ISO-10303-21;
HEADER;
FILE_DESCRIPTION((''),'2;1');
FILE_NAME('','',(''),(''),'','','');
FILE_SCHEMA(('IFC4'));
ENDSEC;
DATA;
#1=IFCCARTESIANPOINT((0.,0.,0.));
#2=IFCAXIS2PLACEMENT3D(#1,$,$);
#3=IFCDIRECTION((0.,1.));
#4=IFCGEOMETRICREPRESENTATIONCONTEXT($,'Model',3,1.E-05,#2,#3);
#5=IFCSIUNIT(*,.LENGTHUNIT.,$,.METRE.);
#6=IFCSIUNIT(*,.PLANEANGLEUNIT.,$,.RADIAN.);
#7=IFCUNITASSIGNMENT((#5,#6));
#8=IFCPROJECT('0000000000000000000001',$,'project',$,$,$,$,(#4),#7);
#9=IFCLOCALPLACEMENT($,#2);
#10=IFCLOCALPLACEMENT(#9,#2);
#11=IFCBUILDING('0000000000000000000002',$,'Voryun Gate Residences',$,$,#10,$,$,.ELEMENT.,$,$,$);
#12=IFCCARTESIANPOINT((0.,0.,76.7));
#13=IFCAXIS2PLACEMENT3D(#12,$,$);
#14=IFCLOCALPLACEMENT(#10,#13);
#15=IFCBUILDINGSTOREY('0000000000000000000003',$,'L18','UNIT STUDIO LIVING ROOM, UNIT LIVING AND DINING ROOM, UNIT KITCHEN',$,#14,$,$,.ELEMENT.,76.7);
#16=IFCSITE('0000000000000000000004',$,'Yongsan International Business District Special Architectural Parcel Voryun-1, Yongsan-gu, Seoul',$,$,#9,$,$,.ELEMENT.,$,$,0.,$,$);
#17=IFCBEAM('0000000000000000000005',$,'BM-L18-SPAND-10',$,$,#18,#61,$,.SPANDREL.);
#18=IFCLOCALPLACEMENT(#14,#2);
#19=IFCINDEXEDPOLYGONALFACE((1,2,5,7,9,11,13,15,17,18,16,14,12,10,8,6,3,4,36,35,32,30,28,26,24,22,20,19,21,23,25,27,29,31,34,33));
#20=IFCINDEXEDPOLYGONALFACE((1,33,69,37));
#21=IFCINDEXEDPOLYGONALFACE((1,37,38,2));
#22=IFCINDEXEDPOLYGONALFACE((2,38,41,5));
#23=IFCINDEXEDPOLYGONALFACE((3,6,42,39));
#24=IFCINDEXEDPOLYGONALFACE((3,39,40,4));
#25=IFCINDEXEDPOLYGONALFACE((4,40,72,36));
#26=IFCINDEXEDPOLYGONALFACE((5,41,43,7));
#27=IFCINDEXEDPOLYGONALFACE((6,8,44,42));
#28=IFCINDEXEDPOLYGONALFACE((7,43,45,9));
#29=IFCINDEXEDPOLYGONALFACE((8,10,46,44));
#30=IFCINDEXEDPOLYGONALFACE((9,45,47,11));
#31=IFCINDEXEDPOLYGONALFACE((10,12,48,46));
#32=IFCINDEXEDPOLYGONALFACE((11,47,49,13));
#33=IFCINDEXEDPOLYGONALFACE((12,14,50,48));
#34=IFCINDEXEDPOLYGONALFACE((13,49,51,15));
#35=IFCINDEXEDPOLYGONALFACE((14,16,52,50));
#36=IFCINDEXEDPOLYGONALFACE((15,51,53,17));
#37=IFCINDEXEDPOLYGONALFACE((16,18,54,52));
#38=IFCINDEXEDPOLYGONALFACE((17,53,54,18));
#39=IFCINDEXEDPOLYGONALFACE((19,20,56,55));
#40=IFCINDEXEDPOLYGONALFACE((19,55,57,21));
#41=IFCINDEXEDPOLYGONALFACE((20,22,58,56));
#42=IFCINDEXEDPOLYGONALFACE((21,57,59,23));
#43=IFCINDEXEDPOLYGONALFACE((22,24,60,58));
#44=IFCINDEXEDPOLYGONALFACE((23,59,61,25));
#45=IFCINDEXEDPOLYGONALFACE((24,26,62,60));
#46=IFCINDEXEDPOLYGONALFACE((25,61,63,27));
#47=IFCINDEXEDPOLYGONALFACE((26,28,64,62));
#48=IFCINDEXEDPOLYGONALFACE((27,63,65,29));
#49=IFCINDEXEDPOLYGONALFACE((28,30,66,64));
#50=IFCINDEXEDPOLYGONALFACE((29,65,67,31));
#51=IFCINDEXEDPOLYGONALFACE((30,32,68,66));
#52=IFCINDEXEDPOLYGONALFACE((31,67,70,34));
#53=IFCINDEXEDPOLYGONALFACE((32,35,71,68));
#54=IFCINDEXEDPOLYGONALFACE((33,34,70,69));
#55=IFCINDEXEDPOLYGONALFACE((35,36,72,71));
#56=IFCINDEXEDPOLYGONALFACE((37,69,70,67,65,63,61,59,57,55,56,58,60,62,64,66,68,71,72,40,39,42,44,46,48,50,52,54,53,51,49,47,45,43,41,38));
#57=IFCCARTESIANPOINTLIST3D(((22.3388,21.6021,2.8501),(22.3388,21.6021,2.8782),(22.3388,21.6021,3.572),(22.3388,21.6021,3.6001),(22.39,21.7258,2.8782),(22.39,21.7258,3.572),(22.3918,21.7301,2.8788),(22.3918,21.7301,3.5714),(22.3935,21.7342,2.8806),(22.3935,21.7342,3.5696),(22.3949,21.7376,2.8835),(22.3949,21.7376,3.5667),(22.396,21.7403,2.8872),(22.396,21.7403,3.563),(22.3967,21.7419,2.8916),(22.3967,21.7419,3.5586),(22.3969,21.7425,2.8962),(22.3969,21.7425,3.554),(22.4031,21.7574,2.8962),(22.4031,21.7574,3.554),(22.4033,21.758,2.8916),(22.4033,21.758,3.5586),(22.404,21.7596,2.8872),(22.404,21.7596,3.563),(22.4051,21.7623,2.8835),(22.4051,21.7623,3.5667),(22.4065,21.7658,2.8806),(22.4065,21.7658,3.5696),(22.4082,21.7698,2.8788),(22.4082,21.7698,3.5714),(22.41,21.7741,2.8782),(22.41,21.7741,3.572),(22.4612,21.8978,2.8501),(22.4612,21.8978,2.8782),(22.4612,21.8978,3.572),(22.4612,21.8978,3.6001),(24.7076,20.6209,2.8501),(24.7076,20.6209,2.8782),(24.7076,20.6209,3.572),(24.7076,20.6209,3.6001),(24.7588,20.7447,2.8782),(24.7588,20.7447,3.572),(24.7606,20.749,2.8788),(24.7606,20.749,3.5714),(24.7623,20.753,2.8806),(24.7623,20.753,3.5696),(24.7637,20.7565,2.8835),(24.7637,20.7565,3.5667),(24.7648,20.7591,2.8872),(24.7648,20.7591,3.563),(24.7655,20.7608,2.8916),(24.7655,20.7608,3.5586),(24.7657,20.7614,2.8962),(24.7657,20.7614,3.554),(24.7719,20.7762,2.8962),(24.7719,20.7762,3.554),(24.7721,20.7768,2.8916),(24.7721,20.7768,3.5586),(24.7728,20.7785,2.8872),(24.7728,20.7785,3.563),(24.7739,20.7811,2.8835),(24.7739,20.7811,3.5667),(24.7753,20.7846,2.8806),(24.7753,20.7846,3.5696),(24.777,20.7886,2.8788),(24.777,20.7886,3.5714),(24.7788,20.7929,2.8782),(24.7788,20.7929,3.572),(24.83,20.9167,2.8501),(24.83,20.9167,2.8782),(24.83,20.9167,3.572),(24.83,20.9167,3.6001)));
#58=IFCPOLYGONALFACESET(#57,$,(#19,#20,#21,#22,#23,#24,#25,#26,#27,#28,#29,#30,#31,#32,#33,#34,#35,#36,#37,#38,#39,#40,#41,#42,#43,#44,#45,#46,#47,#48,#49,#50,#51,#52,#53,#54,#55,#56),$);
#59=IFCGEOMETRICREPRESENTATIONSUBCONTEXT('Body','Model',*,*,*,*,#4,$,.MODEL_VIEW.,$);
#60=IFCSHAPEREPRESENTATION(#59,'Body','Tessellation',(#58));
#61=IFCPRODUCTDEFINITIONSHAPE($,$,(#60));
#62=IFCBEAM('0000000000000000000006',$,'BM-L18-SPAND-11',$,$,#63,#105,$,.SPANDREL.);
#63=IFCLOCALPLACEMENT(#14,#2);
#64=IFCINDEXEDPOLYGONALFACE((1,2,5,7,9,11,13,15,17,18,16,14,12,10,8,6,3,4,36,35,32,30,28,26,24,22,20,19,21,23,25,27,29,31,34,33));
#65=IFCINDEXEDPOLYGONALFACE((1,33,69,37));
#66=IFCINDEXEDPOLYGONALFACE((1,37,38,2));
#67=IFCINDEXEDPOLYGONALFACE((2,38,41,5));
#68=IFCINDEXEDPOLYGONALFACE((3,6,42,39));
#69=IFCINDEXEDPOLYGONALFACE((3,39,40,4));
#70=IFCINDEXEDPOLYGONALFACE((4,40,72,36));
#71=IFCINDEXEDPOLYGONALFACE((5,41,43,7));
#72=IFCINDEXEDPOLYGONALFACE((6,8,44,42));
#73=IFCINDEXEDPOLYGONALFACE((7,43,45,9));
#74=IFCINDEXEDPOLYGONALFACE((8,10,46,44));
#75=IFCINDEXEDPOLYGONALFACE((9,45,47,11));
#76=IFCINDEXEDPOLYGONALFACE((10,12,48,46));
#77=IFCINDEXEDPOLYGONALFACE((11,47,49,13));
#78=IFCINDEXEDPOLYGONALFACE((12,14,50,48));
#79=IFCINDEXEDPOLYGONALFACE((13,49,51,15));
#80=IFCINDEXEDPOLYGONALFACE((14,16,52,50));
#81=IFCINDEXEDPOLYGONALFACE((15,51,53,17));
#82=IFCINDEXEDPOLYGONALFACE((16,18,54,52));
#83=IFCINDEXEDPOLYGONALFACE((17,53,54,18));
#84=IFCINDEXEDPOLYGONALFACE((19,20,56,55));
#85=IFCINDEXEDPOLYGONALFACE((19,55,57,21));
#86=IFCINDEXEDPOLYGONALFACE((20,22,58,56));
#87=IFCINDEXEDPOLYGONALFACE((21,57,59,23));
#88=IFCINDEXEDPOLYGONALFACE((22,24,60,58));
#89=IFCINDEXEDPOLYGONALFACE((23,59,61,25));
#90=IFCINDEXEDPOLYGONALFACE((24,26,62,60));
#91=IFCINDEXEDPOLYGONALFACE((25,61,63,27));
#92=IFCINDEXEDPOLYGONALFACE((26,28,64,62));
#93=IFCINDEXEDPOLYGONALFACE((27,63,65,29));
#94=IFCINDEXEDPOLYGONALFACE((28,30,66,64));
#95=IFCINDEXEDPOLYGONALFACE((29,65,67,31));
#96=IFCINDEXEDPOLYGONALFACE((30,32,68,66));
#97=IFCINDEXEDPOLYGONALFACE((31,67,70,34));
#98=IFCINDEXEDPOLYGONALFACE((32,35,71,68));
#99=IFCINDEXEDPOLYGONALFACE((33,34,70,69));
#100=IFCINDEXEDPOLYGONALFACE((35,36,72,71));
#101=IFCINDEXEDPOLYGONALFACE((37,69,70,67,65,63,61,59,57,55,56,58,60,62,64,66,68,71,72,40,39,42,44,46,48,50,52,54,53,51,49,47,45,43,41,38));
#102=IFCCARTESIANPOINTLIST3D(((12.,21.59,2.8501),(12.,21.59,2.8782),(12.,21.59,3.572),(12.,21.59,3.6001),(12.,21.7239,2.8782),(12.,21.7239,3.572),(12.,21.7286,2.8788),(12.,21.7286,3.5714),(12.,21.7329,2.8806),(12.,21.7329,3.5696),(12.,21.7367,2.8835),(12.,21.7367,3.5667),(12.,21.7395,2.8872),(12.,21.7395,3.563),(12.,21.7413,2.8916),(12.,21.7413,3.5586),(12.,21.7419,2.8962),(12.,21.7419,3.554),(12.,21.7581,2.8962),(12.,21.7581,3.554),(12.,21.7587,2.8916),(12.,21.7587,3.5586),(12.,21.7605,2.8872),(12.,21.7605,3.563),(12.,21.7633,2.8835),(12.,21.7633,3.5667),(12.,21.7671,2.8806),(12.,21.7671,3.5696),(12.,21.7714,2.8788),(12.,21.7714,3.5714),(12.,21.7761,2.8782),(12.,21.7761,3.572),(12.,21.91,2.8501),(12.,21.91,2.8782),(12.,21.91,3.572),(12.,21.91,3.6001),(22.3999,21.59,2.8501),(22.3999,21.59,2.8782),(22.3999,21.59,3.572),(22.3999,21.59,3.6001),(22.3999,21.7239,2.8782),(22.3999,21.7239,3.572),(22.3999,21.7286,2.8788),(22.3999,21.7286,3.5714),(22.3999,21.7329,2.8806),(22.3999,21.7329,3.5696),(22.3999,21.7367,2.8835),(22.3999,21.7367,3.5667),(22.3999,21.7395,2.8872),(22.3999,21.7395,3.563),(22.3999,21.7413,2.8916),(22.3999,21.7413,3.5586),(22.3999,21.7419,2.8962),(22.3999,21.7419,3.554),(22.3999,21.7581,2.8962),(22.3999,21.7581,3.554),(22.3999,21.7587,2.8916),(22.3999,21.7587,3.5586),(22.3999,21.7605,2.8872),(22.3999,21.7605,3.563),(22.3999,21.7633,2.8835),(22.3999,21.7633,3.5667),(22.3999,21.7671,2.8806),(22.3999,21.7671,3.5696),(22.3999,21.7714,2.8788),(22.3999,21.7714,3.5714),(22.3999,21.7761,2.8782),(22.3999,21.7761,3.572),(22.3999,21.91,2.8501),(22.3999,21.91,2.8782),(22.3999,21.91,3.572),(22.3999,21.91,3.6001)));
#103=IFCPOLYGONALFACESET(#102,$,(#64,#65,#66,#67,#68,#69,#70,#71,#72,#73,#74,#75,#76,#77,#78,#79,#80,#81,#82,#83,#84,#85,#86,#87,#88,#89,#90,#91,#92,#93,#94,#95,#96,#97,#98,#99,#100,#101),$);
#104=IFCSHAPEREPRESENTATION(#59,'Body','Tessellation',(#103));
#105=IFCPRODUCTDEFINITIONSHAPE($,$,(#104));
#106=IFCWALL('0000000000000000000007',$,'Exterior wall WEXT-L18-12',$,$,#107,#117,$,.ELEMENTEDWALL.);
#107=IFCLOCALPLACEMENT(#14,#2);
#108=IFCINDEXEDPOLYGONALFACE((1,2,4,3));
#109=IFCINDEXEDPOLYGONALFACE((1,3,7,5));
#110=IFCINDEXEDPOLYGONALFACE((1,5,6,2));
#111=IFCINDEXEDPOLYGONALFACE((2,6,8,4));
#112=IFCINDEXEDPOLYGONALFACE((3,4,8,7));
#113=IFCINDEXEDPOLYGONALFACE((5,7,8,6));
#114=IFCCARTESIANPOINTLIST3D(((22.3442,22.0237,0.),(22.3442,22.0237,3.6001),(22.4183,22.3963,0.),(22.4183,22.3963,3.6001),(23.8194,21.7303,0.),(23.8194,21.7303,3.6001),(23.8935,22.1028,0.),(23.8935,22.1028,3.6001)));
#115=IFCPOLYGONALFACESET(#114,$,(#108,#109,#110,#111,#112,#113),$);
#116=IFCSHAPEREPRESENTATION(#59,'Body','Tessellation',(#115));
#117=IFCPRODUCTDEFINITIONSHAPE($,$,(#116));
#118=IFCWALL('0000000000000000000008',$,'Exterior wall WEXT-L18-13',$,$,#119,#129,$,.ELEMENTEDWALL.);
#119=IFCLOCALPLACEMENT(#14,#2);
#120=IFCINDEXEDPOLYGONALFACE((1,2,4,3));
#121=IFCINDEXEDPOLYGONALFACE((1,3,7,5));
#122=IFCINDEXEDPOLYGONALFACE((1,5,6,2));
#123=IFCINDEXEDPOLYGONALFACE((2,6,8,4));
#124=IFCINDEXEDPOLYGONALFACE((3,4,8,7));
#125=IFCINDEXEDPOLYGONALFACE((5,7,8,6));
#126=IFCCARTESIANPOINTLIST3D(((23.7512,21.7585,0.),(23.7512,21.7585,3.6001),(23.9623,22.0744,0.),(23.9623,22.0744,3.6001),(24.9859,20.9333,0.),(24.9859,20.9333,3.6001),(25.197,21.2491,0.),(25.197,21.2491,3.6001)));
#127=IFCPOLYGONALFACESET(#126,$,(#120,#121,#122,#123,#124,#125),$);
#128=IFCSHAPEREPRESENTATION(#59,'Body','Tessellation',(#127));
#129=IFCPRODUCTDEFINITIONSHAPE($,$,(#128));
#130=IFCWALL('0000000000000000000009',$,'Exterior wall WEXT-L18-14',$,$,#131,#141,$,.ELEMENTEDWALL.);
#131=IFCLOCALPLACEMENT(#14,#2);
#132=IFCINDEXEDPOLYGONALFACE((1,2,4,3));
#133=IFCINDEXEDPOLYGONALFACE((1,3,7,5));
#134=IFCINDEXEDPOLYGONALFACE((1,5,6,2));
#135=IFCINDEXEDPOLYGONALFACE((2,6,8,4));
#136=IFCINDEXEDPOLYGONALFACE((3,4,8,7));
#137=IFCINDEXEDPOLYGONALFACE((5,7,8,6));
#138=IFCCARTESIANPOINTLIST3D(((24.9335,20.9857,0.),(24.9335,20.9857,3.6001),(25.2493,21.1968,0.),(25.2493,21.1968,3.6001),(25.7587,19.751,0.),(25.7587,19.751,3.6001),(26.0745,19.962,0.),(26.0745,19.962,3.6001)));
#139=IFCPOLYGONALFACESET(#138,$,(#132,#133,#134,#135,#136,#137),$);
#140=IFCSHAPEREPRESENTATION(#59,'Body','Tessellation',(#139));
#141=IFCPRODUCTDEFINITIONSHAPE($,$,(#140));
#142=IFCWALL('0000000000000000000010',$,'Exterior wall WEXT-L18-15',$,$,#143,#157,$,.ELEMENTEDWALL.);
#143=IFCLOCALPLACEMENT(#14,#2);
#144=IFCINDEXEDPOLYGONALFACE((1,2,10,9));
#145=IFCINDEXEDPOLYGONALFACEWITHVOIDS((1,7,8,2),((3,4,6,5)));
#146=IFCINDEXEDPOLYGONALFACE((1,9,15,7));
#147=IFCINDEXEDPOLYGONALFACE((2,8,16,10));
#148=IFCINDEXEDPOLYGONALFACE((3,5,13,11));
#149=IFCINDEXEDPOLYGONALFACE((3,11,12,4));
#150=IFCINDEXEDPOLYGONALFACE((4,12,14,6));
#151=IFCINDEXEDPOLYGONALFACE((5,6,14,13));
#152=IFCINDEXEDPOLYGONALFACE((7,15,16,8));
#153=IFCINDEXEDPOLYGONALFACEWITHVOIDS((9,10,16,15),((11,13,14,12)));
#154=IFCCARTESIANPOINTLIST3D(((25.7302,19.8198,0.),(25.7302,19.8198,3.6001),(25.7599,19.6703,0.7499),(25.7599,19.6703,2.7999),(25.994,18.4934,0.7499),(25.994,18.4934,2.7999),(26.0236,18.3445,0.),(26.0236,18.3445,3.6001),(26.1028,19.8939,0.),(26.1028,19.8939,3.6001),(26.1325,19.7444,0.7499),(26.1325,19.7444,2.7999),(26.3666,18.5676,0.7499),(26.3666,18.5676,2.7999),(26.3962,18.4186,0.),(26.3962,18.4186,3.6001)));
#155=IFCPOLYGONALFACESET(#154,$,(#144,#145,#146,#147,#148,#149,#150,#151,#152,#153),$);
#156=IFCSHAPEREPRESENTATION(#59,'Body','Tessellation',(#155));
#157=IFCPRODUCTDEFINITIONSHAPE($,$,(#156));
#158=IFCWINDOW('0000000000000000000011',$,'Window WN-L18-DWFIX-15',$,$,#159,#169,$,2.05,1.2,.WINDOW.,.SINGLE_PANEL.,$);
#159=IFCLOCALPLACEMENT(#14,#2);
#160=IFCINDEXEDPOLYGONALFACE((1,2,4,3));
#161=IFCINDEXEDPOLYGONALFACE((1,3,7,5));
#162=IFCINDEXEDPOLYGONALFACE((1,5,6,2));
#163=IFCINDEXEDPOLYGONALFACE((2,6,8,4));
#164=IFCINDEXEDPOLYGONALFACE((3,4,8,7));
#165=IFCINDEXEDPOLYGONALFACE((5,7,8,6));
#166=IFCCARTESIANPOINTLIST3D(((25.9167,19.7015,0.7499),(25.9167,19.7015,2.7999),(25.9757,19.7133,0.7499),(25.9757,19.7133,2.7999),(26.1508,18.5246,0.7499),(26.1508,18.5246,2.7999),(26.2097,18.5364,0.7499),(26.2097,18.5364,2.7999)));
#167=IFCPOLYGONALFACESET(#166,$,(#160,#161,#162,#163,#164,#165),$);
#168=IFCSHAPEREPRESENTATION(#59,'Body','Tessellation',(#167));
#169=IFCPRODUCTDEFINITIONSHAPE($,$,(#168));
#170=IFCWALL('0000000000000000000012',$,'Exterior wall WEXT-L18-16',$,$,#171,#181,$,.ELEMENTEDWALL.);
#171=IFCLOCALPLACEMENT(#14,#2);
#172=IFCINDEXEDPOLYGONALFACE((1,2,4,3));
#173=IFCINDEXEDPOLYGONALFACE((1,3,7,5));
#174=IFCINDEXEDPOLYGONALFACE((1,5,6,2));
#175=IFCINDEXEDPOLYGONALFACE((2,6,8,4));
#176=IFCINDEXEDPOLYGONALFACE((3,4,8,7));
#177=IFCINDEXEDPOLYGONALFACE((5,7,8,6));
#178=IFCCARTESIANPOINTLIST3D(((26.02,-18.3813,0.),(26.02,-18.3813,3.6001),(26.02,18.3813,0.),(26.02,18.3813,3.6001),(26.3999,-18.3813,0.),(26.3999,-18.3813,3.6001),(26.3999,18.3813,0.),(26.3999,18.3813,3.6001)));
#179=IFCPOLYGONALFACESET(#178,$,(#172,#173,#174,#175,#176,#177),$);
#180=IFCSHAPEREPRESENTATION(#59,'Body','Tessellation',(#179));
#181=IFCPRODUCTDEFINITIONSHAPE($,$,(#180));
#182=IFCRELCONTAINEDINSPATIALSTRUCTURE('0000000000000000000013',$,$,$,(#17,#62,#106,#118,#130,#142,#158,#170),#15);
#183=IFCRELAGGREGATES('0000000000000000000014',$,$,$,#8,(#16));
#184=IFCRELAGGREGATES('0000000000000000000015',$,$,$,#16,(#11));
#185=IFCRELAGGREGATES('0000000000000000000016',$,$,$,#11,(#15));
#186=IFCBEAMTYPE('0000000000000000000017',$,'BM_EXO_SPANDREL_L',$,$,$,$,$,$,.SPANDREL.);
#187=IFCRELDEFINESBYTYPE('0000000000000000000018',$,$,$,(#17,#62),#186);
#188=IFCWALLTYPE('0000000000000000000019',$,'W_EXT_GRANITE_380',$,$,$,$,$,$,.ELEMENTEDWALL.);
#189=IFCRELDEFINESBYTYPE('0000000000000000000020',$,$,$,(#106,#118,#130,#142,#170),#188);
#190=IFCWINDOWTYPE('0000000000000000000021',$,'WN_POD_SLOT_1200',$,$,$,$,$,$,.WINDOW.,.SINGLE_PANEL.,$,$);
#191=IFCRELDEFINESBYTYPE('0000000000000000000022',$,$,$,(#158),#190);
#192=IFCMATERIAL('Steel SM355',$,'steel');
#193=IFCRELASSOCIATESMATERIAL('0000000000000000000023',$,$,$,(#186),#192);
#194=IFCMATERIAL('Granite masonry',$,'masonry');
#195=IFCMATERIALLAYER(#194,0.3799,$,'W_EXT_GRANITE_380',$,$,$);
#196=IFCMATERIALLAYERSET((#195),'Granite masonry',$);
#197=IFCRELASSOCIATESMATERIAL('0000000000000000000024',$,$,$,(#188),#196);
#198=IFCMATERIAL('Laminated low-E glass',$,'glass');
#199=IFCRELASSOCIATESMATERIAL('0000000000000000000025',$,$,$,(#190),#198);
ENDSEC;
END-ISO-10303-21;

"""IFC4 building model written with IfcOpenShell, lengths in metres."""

from ifc_helpers import new_model, si_unit, direction, frame, frame_2d, origin, origin_2d, place, context, subcontext, project, spatial, rectangle, i_section, extrude, material, layer, layer_set, material_profile, profile_set, type_object, element, fill, save


model = new_model("IFC4")

# Units and contexts
model_context = context("Model", 3, precision=1e-05, world=origin(), true_north=direction((0.0, 1.0)))
body_context = subcontext(model_context, "Body", "Model", "MODEL_VIEW")
ifc_project = project(units=[si_unit("LENGTHUNIT", "METRE"), si_unit("PLANEANGLEUNIT", "RADIAN")], contexts=[model_context])

# Site, building, storey
site_placement = place(None, origin())
site = spatial("IfcSite", under=ifc_project, at=site_placement, Name="Yongsan International Business District Special Architectural Parcel Voryun-1, Yongsan-gu, Seoul", CompositionType="ELEMENT", RefElevation=0.0)
building_placement = place(site_placement, origin())
building = spatial("IfcBuilding", under=site, at=building_placement, Name="Voryun Gate Residences", CompositionType="ELEMENT")
storey_placement = place(building_placement, frame((0.0, 0.0, 76.7)))
storey = spatial("IfcBuildingStorey", under=building, at=storey_placement, Name="L18", Description="UNIT STUDIO LIVING ROOM, UNIT LIVING AND DINING ROOM, UNIT KITCHEN", CompositionType="ELEMENT", Elevation=76.7)

# Beams
ifc_material_1 = material(Name="Steel SM355", Category="steel")
ifc_material_profile_1 = material_profile(ifc_material_1, i_section(OverallWidth=0.3201, OverallDepth=0.75, WebThickness=0.0161, FlangeThickness=0.0281, FilletRadius=0.0181, at=origin_2d()), Name="H-750x320x16x28")
ifc_profile_set_1 = profile_set([ifc_material_profile_1], Name="Steel SM355")
beam_type = type_object("IfcBeamType", Name="BM_EXO_SPANDREL_L", PredefinedType="SPANDREL", material=ifc_profile_set_1)
beam_1_placement = place(storey_placement, frame((24.7688, 20.7688, 3.2251), z_axis=(-0.923883, 0.382674, 0.0), x_axis=(-0.382674, -0.923883, 0.0)))
element("IfcBeam", 1, at=beam_1_placement, inside=storey, type_object=beam_type, Name="BM-L18-SPAND-10", PredefinedType="SPANDREL", context=body_context, shape_type="SweptSolid", body=[
    extrude(i_section(OverallWidth=0.3201, OverallDepth=0.75, WebThickness=0.0161, FlangeThickness=0.0281, FilletRadius=0.0181, at=origin_2d()), origin(), (0.0, 0.0, 1.0), 2.564),
])
beam_2_placement = place(storey_placement, frame((22.3999, 21.75, 3.2251), z_axis=(-1.0, 0.0, 0.0), x_axis=(0.0, -1.0, 0.0)))
element("IfcBeam", 2, at=beam_2_placement, inside=storey, type_object=beam_type, Name="BM-L18-SPAND-11", PredefinedType="SPANDREL", context=body_context, shape_type="SweptSolid", body=[
    extrude(i_section(OverallWidth=0.3201, OverallDepth=0.75, WebThickness=0.0161, FlangeThickness=0.0281, FilletRadius=0.0181, at=origin_2d()), origin(), (0.0, 0.0, 1.0), 10.3999),
])

# Walls
ifc_material_2 = material(Name="Granite masonry", Category="masonry")
ifc_layer_1 = layer(ifc_material_2, 0.3799, Name="W_EXT_GRANITE_380")
ifc_layer_set_1 = layer_set([ifc_layer_1], Name="Granite masonry")
wall_type_1 = type_object("IfcWallType", Name="W_EXT_GRANITE_380", PredefinedType="ELEMENTEDWALL", material=ifc_layer_set_1)
wall_1_placement = place(storey_placement, frame((22.3813, 22.21, 0.0), z_axis=(0.0, 0.0, 1.0), x_axis=(0.980786, -0.195086, 0.0)))
element("IfcWall", 3, at=wall_1_placement, inside=storey, type_object=wall_type_1, Name="Exterior wall WEXT-L18-12", PredefinedType="ELEMENTEDWALL", context=body_context, shape_type="SweptSolid", body=[
    extrude(rectangle(XDim=1.5042, YDim=0.3799, at=frame_2d((0.752, 0.0))), origin(), (0.0, 0.0, 1.0), 3.6001),
])
for number, where, z_axis, x_axis, name in (
    (4, (23.8567, 21.9165, 0.0), (0.0, 0.0, 1.0), (0.831392, -0.555686, 0.0), "Exterior wall WEXT-L18-13"),
    (5, (25.0913, 21.0913, 0.0), (0.0, 0.0, 1.0), (0.555686, -0.831392, 0.0), "Exterior wall WEXT-L18-14"),
):
    element("IfcWall", number, at=place(storey_placement, frame(where, z_axis=z_axis, x_axis=x_axis)), inside=storey, type_object=wall_type_1, Name=name, PredefinedType="ELEMENTEDWALL", context=body_context, shape_type="SweptSolid", body=[
        extrude(rectangle(XDim=1.4851, YDim=0.3799, at=frame_2d((0.7427, 0.0))), origin(), (0.0, 0.0, 1.0), 3.6001),
    ])

# Wall, opening, window
wall_2_placement = place(storey_placement, frame((25.9165, 19.8567, 0.0), z_axis=(0.0, 0.0, 1.0), x_axis=(0.195086, -0.980786, 0.0)))
wall_2 = element("IfcWall", 6, at=wall_2_placement, inside=storey, type_object=wall_type_1, Name="Exterior wall WEXT-L18-15", PredefinedType="ELEMENTEDWALL", context=body_context, shape_type="SweptSolid", body=[
    extrude(rectangle(XDim=1.5042, YDim=0.3799, at=frame_2d((0.752, 0.0))), origin(), (0.0, 0.0, 1.0), 3.6001),
])
opening_1_placement = place(wall_2_placement, frame((0.1521, 0.0, 0.75)))
opening_1 = element("IfcOpeningElement", 7, at=opening_1_placement, cuts=wall_2, PredefinedType="OPENING", context=body_context, shape_type="SweptSolid", body=[
    extrude(rectangle(XDim=1.2, YDim=2.05, at=frame_2d((0.6001, 1.0249))), frame((0.0, 0.2, 0.0), z_axis=(0.0, -1.0, 0.0), x_axis=(1.0, 0.0, 0.0)), (0.0, 0.0, 1.0), 0.3999),
])
ifc_material_3 = material(Name="Laminated low-E glass", Category="glass")
window_type = type_object("IfcWindowType", Name="WN_POD_SLOT_1200", PartitioningType="SINGLE_PANEL", PredefinedType="WINDOW", material=ifc_material_3)
window_placement = place(opening_1_placement, origin())
window = element("IfcWindow", 8, at=window_placement, inside=storey, type_object=window_type, Name="Window WN-L18-DWFIX-15", OverallHeight=2.05, OverallWidth=1.2, PartitioningType="SINGLE_PANEL", PredefinedType="WINDOW", context=body_context, shape_type="SweptSolid", body=[
    extrude(rectangle(XDim=1.2, YDim=2.05, at=frame_2d((0.6001, 1.0249))), frame((0.0, 0.03, 0.0), z_axis=(0.0, -1.0, 0.0), x_axis=(1.0, 0.0, 0.0)), (0.0, 0.0, 1.0), 0.0601),
])
fill(opening_1, window)

# Wall
wall_3_placement = place(storey_placement, frame((26.21, 18.3813, 0.0), z_axis=(0.0, 0.0, 1.0), x_axis=(0.0, -1.0, 0.0)))
element("IfcWall", 9, at=wall_3_placement, inside=storey, type_object=wall_type_1, Name="Exterior wall WEXT-L18-16", PredefinedType="ELEMENTEDWALL", context=body_context, shape_type="SweptSolid", body=[
    extrude(rectangle(XDim=36.7627, YDim=0.3799, at=frame_2d((18.3813, 0.0))), origin(), (0.0, 0.0, 1.0), 3.6001),
])

save(model, "model.ifc")
